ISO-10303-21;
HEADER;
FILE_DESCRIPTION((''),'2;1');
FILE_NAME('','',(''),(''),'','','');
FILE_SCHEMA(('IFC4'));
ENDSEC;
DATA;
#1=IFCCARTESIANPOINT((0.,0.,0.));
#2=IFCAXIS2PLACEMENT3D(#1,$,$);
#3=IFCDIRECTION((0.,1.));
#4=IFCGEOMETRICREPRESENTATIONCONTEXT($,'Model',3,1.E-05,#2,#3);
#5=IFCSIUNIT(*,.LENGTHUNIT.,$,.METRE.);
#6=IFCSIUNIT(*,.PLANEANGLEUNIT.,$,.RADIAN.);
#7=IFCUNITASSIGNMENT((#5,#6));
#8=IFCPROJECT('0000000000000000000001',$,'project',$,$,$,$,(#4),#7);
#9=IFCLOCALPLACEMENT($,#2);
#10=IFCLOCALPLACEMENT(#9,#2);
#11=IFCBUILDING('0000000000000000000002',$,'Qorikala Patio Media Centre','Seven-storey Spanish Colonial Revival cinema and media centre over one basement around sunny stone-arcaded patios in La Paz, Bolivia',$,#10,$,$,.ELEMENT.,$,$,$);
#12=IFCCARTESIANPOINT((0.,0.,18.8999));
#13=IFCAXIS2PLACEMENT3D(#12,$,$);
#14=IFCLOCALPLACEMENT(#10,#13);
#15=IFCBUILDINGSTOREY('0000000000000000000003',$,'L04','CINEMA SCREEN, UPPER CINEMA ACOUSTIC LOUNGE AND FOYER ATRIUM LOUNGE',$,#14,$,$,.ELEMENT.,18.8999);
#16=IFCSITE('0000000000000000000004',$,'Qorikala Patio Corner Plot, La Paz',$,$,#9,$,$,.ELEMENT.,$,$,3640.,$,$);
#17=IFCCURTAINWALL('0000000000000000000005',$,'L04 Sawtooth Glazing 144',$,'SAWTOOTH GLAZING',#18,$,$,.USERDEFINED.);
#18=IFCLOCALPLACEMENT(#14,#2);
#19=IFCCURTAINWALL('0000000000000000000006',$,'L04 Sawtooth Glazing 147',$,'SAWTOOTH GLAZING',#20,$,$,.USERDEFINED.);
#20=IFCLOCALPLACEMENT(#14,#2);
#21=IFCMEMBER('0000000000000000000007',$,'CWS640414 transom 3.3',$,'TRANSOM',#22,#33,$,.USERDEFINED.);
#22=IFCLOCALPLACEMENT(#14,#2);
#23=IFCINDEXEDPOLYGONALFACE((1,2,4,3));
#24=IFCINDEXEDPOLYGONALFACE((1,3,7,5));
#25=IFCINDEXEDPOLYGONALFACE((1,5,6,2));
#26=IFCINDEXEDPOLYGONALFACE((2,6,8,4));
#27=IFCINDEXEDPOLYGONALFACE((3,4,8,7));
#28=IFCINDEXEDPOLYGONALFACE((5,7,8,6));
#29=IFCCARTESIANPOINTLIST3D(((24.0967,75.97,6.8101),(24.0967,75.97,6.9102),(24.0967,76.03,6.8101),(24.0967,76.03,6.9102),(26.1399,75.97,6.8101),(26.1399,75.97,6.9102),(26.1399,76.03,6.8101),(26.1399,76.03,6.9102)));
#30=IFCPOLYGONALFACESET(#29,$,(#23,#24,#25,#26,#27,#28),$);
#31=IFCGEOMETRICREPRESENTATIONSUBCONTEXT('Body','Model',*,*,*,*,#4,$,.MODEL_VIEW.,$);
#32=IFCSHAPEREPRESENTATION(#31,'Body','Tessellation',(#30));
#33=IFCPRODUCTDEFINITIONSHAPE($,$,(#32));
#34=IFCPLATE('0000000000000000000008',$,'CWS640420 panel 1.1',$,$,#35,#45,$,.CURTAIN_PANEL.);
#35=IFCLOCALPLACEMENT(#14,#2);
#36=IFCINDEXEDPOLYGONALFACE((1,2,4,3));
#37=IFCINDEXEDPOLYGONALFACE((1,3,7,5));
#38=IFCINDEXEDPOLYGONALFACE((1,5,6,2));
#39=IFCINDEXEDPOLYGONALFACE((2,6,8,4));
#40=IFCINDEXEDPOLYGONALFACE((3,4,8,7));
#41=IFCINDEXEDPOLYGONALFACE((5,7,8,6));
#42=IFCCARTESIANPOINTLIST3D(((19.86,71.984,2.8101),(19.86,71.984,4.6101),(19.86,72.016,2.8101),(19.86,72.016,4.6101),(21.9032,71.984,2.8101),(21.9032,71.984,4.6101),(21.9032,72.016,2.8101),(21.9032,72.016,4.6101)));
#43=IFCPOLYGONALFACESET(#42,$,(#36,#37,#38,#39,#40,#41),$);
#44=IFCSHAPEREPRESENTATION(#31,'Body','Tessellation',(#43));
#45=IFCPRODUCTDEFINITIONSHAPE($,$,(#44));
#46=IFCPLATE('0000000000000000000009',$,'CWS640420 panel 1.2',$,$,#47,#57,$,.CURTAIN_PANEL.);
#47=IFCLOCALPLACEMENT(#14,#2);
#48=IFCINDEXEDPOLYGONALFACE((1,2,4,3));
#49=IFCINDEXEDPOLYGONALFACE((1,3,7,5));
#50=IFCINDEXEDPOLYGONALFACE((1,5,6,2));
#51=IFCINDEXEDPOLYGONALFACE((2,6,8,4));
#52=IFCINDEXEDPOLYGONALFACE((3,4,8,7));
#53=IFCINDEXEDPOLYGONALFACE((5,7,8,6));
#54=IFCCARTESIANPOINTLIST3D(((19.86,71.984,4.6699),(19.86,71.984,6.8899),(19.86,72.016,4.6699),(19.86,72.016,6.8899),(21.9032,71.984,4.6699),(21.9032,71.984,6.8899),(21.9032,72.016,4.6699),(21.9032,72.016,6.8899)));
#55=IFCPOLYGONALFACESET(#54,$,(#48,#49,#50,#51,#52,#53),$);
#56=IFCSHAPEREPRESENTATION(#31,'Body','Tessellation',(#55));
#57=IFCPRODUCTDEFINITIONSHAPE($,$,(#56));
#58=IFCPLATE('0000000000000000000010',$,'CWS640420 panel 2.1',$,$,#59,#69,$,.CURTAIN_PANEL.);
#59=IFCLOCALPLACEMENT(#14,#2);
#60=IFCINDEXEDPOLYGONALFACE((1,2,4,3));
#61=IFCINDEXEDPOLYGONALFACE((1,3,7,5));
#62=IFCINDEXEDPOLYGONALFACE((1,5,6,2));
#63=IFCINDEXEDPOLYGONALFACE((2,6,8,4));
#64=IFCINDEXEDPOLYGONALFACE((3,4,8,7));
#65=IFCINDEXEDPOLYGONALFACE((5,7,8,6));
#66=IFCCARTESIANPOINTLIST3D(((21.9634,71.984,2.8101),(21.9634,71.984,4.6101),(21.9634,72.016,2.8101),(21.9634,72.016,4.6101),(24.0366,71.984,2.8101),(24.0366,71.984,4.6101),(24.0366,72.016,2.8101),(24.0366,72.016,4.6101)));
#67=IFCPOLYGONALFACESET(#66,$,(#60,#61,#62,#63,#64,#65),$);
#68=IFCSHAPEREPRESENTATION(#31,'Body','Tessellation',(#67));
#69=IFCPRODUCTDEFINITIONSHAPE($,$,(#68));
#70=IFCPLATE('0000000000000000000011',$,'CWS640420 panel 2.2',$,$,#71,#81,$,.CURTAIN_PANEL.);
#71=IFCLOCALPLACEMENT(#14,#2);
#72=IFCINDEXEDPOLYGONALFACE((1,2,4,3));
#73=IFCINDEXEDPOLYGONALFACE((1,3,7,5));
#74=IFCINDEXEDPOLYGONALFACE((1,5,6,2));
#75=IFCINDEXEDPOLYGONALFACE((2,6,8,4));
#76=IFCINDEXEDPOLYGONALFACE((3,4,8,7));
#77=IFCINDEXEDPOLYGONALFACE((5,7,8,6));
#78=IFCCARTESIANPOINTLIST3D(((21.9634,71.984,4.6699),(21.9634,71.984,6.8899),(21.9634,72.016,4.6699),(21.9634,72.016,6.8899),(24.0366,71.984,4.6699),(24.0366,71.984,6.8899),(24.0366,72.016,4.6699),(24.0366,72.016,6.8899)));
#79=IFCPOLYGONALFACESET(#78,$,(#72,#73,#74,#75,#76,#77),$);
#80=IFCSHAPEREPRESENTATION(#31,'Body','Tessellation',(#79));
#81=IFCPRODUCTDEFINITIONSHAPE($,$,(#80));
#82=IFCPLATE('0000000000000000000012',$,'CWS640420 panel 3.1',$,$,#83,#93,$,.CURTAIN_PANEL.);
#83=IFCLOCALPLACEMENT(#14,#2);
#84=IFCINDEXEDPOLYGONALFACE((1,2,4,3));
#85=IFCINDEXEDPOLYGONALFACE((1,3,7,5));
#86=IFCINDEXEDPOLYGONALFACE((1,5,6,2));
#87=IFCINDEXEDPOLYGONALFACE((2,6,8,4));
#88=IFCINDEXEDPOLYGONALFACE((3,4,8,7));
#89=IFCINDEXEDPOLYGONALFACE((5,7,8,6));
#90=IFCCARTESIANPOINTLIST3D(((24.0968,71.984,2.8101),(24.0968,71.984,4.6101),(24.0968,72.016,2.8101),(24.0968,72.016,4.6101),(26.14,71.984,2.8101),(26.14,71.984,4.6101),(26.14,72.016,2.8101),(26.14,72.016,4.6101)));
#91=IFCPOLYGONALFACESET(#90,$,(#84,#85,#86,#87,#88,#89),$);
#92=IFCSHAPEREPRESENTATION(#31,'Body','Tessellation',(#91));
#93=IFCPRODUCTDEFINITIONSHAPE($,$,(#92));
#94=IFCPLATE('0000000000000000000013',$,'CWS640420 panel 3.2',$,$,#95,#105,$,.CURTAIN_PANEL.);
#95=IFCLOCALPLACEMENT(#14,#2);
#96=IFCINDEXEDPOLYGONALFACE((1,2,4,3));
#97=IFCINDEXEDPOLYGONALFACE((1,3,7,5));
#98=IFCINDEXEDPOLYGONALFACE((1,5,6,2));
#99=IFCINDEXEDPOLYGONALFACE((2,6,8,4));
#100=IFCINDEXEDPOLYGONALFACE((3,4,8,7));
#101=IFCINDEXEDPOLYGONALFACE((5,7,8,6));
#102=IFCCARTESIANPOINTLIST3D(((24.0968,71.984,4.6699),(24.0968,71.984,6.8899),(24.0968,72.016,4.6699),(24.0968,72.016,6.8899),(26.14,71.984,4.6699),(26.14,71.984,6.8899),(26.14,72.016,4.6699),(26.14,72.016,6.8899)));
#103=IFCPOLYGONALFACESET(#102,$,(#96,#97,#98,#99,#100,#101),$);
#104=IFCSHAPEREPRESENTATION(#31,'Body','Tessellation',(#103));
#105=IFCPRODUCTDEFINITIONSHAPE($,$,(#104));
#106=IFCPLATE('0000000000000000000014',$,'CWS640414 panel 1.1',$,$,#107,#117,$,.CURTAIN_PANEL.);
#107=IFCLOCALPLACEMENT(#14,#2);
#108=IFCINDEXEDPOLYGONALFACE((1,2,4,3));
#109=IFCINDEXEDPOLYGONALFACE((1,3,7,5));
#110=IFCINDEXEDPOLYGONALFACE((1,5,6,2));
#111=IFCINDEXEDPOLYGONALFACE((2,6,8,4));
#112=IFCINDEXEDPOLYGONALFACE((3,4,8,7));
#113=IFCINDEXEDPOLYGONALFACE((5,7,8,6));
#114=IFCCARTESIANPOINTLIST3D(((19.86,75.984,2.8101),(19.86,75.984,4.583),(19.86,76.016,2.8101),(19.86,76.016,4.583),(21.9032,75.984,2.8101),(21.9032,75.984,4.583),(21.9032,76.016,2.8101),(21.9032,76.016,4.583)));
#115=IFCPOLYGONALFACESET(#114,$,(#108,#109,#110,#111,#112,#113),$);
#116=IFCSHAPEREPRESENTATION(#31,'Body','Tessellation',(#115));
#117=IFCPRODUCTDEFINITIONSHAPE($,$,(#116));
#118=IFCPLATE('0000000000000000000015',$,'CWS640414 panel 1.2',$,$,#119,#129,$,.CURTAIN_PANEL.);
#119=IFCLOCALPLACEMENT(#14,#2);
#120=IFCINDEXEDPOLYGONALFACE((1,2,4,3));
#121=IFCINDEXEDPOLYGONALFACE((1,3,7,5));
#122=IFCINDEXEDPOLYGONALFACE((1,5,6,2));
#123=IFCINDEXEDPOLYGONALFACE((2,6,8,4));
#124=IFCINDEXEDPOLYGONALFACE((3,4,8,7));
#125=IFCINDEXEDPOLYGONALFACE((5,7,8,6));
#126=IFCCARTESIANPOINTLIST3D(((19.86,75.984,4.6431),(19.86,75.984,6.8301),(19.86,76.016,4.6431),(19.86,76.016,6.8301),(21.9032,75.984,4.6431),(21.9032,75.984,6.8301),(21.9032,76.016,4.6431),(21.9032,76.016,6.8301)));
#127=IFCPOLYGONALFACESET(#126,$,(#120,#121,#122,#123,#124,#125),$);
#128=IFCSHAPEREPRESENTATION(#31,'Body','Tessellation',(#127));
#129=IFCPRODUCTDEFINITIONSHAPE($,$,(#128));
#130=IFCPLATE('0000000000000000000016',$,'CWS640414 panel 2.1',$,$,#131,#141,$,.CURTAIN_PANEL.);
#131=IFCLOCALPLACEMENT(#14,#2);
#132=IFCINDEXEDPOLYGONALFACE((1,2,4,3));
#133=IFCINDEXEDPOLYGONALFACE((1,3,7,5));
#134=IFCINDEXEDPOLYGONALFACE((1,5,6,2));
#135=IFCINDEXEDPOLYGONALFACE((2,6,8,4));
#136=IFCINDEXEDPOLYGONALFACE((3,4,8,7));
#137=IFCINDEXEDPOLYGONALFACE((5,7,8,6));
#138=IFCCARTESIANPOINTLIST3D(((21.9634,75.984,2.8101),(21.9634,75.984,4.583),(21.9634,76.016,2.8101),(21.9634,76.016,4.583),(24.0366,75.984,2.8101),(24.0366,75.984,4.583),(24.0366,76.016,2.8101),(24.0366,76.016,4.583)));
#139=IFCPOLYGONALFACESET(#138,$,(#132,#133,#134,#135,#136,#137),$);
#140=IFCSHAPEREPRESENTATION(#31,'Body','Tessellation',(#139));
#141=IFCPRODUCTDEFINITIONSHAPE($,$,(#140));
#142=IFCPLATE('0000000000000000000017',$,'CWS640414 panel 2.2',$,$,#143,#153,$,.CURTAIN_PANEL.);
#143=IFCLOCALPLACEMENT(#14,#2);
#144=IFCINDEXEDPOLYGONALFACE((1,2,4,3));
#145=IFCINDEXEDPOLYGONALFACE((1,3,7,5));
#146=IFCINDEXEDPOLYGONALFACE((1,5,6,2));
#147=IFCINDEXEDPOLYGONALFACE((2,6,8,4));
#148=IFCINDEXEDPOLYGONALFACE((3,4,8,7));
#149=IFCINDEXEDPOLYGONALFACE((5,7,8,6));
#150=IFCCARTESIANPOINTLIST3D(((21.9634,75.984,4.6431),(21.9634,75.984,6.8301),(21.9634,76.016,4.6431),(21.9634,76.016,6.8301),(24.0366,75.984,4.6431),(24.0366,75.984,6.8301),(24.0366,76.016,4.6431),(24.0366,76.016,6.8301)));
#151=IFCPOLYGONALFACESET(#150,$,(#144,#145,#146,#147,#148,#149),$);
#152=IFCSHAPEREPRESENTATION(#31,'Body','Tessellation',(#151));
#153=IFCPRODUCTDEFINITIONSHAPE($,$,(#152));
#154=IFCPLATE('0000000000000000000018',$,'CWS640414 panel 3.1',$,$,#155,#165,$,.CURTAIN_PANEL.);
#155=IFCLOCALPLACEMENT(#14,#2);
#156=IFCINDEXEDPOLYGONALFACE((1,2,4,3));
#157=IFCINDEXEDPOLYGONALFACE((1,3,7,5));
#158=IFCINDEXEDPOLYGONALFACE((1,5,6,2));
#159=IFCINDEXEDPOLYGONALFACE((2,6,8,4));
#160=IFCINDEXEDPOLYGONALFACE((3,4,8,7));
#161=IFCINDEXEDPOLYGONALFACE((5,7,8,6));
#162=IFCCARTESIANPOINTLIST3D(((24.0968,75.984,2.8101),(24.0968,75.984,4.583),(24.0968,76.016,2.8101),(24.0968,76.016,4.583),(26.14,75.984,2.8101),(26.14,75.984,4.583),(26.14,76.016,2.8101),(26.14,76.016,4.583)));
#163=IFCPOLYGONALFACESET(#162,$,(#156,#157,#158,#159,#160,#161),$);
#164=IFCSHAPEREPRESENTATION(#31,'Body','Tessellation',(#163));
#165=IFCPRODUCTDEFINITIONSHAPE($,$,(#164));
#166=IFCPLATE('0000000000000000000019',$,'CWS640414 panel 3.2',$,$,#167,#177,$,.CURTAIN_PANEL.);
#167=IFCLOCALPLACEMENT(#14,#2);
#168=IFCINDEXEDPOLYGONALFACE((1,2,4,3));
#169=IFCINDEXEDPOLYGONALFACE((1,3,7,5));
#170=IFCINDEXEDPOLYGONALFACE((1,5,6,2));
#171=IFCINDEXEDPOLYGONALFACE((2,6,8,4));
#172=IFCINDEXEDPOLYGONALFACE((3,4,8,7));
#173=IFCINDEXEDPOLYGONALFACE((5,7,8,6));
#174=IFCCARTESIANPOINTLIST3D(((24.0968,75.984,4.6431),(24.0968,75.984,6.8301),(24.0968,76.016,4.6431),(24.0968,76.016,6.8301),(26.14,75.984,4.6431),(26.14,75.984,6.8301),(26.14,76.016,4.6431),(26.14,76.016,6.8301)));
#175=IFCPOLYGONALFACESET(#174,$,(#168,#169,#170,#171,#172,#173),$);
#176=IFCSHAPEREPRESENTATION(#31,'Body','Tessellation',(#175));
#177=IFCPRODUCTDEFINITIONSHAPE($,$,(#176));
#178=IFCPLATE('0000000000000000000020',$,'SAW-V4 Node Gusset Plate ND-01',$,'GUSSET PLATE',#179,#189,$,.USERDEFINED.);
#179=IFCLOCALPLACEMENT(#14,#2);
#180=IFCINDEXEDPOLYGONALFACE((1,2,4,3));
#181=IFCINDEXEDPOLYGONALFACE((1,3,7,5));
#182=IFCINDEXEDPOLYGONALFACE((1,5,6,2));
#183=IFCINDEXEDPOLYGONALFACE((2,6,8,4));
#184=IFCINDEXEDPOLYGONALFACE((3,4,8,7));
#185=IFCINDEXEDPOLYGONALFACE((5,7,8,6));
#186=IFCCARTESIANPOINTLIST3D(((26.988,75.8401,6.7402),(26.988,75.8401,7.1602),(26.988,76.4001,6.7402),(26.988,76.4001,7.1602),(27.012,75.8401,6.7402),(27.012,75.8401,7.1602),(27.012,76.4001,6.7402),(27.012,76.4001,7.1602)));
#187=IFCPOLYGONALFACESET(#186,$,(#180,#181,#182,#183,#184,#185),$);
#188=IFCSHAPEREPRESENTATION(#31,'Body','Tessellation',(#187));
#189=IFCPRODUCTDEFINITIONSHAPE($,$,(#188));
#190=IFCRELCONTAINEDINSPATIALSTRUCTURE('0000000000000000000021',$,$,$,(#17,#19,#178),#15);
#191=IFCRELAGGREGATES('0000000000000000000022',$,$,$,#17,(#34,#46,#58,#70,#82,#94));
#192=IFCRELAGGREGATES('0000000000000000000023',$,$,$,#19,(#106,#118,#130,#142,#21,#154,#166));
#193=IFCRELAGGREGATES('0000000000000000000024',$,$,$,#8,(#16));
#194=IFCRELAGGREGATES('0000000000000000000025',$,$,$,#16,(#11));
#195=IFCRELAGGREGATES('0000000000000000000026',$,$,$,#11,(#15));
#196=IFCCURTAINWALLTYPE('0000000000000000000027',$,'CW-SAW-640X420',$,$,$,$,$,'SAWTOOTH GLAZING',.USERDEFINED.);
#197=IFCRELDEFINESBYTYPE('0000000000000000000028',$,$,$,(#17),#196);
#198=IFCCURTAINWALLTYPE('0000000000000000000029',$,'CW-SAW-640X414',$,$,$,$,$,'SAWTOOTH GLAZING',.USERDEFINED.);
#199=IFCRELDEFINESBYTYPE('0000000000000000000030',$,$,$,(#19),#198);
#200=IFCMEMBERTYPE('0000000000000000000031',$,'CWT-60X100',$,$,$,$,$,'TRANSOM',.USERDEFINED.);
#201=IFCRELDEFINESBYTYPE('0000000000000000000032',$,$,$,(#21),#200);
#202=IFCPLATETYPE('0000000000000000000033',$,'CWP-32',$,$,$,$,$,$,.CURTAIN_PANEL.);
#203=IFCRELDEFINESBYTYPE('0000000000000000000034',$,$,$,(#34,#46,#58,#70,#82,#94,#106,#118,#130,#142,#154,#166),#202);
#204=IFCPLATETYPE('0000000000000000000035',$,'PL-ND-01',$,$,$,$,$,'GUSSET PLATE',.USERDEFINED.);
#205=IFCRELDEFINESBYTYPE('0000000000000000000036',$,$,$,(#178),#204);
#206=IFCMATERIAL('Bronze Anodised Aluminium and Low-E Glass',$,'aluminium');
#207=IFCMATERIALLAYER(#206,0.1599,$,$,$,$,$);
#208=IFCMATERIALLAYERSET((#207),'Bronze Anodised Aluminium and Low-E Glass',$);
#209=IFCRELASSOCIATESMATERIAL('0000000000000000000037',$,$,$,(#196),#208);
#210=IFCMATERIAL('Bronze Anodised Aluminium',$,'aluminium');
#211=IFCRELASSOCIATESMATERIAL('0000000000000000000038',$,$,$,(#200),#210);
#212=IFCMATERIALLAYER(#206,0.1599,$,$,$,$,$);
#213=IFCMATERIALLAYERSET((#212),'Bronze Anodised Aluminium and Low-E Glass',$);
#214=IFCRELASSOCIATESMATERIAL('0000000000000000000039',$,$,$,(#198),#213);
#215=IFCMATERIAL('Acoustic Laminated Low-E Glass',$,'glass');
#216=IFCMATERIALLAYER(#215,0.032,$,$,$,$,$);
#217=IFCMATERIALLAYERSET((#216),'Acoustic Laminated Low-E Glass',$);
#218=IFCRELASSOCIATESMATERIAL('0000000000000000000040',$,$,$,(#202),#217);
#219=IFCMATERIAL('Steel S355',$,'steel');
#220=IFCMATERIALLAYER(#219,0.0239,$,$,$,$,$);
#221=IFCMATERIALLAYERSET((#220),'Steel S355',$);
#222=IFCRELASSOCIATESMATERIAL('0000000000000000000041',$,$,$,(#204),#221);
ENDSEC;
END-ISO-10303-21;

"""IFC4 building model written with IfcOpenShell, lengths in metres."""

from ifc_helpers import new_model, si_unit, direction, frame, origin, origin_2d, place, context, subcontext, project, spatial, rectangle, extrude, material, layer, layer_set, material_profile, profile_set, type_object, element, aggregate, save


model = new_model("IFC4")

# Units and contexts
model_context = context("Model", 3, precision=1e-05, world=origin(), true_north=direction((0.0, 1.0)))
body_context = subcontext(model_context, "Body", "Model", "MODEL_VIEW")
ifc_project = project(units=[si_unit("LENGTHUNIT", "METRE"), si_unit("PLANEANGLEUNIT", "RADIAN")], contexts=[model_context])

# Site, building, storey
site_placement = place(None, origin())
site = spatial("IfcSite", under=ifc_project, at=site_placement, Name="Qorikala Patio Corner Plot, La Paz", CompositionType="ELEMENT", RefElevation=3640.0)
building_placement = place(site_placement, origin())
building = spatial("IfcBuilding", under=site, at=building_placement, Name="Qorikala Patio Media Centre", Description="Seven-storey Spanish Colonial Revival cinema and media centre over one basement around sunny stone-arcaded patios in La Paz, Bolivia", CompositionType="ELEMENT")
storey_placement = place(building_placement, frame((0.0, 0.0, 18.8999)))
storey = spatial("IfcBuildingStorey", under=building, at=storey_placement, Name="L04", Description="CINEMA SCREEN, UPPER CINEMA ACOUSTIC LOUNGE AND FOYER ATRIUM LOUNGE", CompositionType="ELEMENT", Elevation=18.8999)

# Shared definitions
ifc_material_1 = material(Name="Steel S355", Category="steel")

# Curtain walls, member
ifc_material_2 = material(Name="Bronze Anodised Aluminium and Low-E Glass", Category="aluminium")
ifc_layer_1 = layer(ifc_material_2, 0.1599)
ifc_layer_set_1 = layer_set([ifc_layer_1], Name="Bronze Anodised Aluminium and Low-E Glass")
curtain_wall_type_1 = type_object("IfcCurtainWallType", Name="CW-SAW-640X420", ElementType="SAWTOOTH GLAZING", PredefinedType="USERDEFINED", material=ifc_layer_set_1)
curtain_wall_1_placement = place(storey_placement, origin())
curtain_wall_1 = element("IfcCurtainWall", 1, at=curtain_wall_1_placement, inside=storey, type_object=curtain_wall_type_1, Name="L04 Sawtooth Glazing 144", ObjectType="SAWTOOTH GLAZING", PredefinedType="USERDEFINED")
ifc_material_3 = material(Name="Bronze Anodised Aluminium", Category="aluminium")
ifc_material_profile_1 = material_profile(ifc_material_3, rectangle(XDim=0.0601, YDim=0.1001, at=origin_2d()), Name="ALU TRANSOM 60x100")
ifc_profile_set_1 = profile_set([ifc_material_profile_1], Name="Bronze Anodised Aluminium")
member_type_1 = type_object("IfcMemberType", Name="CWT-60X100", ElementType="TRANSOM", PredefinedType="USERDEFINED", material=ifc_profile_set_1)
ifc_layer_2 = layer(ifc_material_2, 0.1599)
ifc_layer_set_2 = layer_set([ifc_layer_2], Name="Bronze Anodised Aluminium and Low-E Glass")
curtain_wall_type_2 = type_object("IfcCurtainWallType", Name="CW-SAW-640X414", ElementType="SAWTOOTH GLAZING", PredefinedType="USERDEFINED", material=ifc_layer_set_2)
curtain_wall_2_placement = place(storey_placement, origin())
curtain_wall_2 = element("IfcCurtainWall", 2, at=curtain_wall_2_placement, inside=storey, type_object=curtain_wall_type_2, Name="L04 Sawtooth Glazing 147", ObjectType="SAWTOOTH GLAZING", PredefinedType="USERDEFINED")
member_1_placement = place(storey_placement, frame((24.0967, 76.0, 6.8601), z_axis=(1.0, 0.0, 0.0), x_axis=(0.0, 1.0, 0.0)))
member_1 = element("IfcMember", 3, at=member_1_placement, type_object=member_type_1, Name="CWS640414 transom 3.3", ObjectType="TRANSOM", PredefinedType="USERDEFINED", context=body_context, shape_type="SweptSolid", body=[
    extrude(rectangle(XDim=0.0601, YDim=0.1001, at=origin_2d()), origin(), (0.0, 0.0, 1.0), 2.0432),
])

# Plates
ifc_material_4 = material(Name="Acoustic Laminated Low-E Glass", Category="glass")
ifc_layer_3 = layer(ifc_material_4, 0.032)
ifc_layer_set_3 = layer_set([ifc_layer_3], Name="Acoustic Laminated Low-E Glass")
plate_type_1 = type_object("IfcPlateType", Name="CWP-32", PredefinedType="CURTAIN_PANEL", material=ifc_layer_set_3)
plate_1_placement = place(storey_placement, frame((20.8816, 72.0, 2.8101), z_axis=(0.0, 0.0, 1.0), x_axis=(1.0, 0.0, 0.0)))
plate_1 = element("IfcPlate", 4, at=plate_1_placement, type_object=plate_type_1, Name="CWS640420 panel 1.1", PredefinedType="CURTAIN_PANEL", context=body_context, shape_type="SweptSolid", body=[
    extrude(rectangle(XDim=2.0432, YDim=0.032, at=origin_2d()), origin(), (0.0, 0.0, 1.0), 1.8),
])
plate_2_placement = place(storey_placement, frame((20.8816, 72.0, 4.6699), z_axis=(0.0, 0.0, 1.0), x_axis=(1.0, 0.0, 0.0)))
plate_2 = element("IfcPlate", 5, at=plate_2_placement, type_object=plate_type_1, Name="CWS640420 panel 1.2", PredefinedType="CURTAIN_PANEL", context=body_context, shape_type="SweptSolid", body=[
    extrude(rectangle(XDim=2.0432, YDim=0.032, at=origin_2d()), origin(), (0.0, 0.0, 1.0), 2.22),
])
plate_3_placement = place(storey_placement, frame((23.0, 72.0, 2.8101), z_axis=(0.0, 0.0, 1.0), x_axis=(1.0, 0.0, 0.0)))
plate_3 = element("IfcPlate", 6, at=plate_3_placement, type_object=plate_type_1, Name="CWS640420 panel 2.1", PredefinedType="CURTAIN_PANEL", context=body_context, shape_type="SweptSolid", body=[
    extrude(rectangle(XDim=2.0732, YDim=0.032, at=origin_2d()), origin(), (0.0, 0.0, 1.0), 1.8),
])
plate_4_placement = place(storey_placement, frame((23.0, 72.0, 4.6699), z_axis=(0.0, 0.0, 1.0), x_axis=(1.0, 0.0, 0.0)))
plate_4 = element("IfcPlate", 7, at=plate_4_placement, type_object=plate_type_1, Name="CWS640420 panel 2.2", PredefinedType="CURTAIN_PANEL", context=body_context, shape_type="SweptSolid", body=[
    extrude(rectangle(XDim=2.0732, YDim=0.032, at=origin_2d()), origin(), (0.0, 0.0, 1.0), 2.22),
])
plate_5_placement = place(storey_placement, frame((25.1184, 72.0, 2.8101), z_axis=(0.0, 0.0, 1.0), x_axis=(1.0, 0.0, 0.0)))
plate_5 = element("IfcPlate", 8, at=plate_5_placement, type_object=plate_type_1, Name="CWS640420 panel 3.1", PredefinedType="CURTAIN_PANEL", context=body_context, shape_type="SweptSolid", body=[
    extrude(rectangle(XDim=2.0432, YDim=0.032, at=origin_2d()), origin(), (0.0, 0.0, 1.0), 1.8),
])
plate_6_placement = place(storey_placement, frame((25.1184, 72.0, 4.6699), z_axis=(0.0, 0.0, 1.0), x_axis=(1.0, 0.0, 0.0)))
plate_6 = element("IfcPlate", 9, at=plate_6_placement, type_object=plate_type_1, Name="CWS640420 panel 3.2", PredefinedType="CURTAIN_PANEL", context=body_context, shape_type="SweptSolid", body=[
    extrude(rectangle(XDim=2.0432, YDim=0.032, at=origin_2d()), origin(), (0.0, 0.0, 1.0), 2.22),
])
aggregate(curtain_wall_1, [plate_1, plate_2, plate_3, plate_4, plate_5, plate_6])
plate_7_placement = place(storey_placement, frame((20.8816, 76.0, 2.8101), z_axis=(0.0, 0.0, 1.0), x_axis=(1.0, 0.0, 0.0)))
plate_7 = element("IfcPlate", 10, at=plate_7_placement, type_object=plate_type_1, Name="CWS640414 panel 1.1", PredefinedType="CURTAIN_PANEL", context=body_context, shape_type="SweptSolid", body=[
    extrude(rectangle(XDim=2.0432, YDim=0.032, at=origin_2d()), origin(), (0.0, 0.0, 1.0), 1.7729),
])
plate_8_placement = place(storey_placement, frame((20.8816, 76.0, 4.6431), z_axis=(0.0, 0.0, 1.0), x_axis=(1.0, 0.0, 0.0)))
plate_8 = element("IfcPlate", 11, at=plate_8_placement, type_object=plate_type_1, Name="CWS640414 panel 1.2", PredefinedType="CURTAIN_PANEL", context=body_context, shape_type="SweptSolid", body=[
    extrude(rectangle(XDim=2.0432, YDim=0.032, at=origin_2d()), origin(), (0.0, 0.0, 1.0), 2.187),
])
plate_9_placement = place(storey_placement, frame((23.0, 76.0, 2.8101), z_axis=(0.0, 0.0, 1.0), x_axis=(1.0, 0.0, 0.0)))
plate_9 = element("IfcPlate", 12, at=plate_9_placement, type_object=plate_type_1, Name="CWS640414 panel 2.1", PredefinedType="CURTAIN_PANEL", context=body_context, shape_type="SweptSolid", body=[
    extrude(rectangle(XDim=2.0732, YDim=0.032, at=origin_2d()), origin(), (0.0, 0.0, 1.0), 1.7729),
])
plate_10_placement = place(storey_placement, frame((23.0, 76.0, 4.6431), z_axis=(0.0, 0.0, 1.0), x_axis=(1.0, 0.0, 0.0)))
plate_10 = element("IfcPlate", 13, at=plate_10_placement, type_object=plate_type_1, Name="CWS640414 panel 2.2", PredefinedType="CURTAIN_PANEL", context=body_context, shape_type="SweptSolid", body=[
    extrude(rectangle(XDim=2.0732, YDim=0.032, at=origin_2d()), origin(), (0.0, 0.0, 1.0), 2.187),
])
plate_11_placement = place(storey_placement, frame((25.1184, 76.0, 2.8101), z_axis=(0.0, 0.0, 1.0), x_axis=(1.0, 0.0, 0.0)))
plate_11 = element("IfcPlate", 14, at=plate_11_placement, type_object=plate_type_1, Name="CWS640414 panel 3.1", PredefinedType="CURTAIN_PANEL", context=body_context, shape_type="SweptSolid", body=[
    extrude(rectangle(XDim=2.0432, YDim=0.032, at=origin_2d()), origin(), (0.0, 0.0, 1.0), 1.7729),
])
plate_12_placement = place(storey_placement, frame((25.1184, 76.0, 4.6431), z_axis=(0.0, 0.0, 1.0), x_axis=(1.0, 0.0, 0.0)))
plate_12 = element("IfcPlate", 15, at=plate_12_placement, type_object=plate_type_1, Name="CWS640414 panel 3.2", PredefinedType="CURTAIN_PANEL", context=body_context, shape_type="SweptSolid", body=[
    extrude(rectangle(XDim=2.0432, YDim=0.032, at=origin_2d()), origin(), (0.0, 0.0, 1.0), 2.187),
])
aggregate(curtain_wall_2, [plate_7, plate_8, plate_9, plate_10, member_1, plate_11, plate_12])

# Plate
ifc_layer_4 = layer(ifc_material_1, 0.0239)
ifc_layer_set_4 = layer_set([ifc_layer_4], Name="Steel S355")
plate_type_2 = type_object("IfcPlateType", Name="PL-ND-01", ElementType="GUSSET PLATE", PredefinedType="USERDEFINED", material=ifc_layer_set_4)
plate_13_placement = place(storey_placement, frame((27.0, 76.1201, 6.7402), z_axis=(0.0, 0.0, 1.0), x_axis=(1.0, 0.0, 0.0)))
element("IfcPlate", 16, at=plate_13_placement, inside=storey, type_object=plate_type_2, Name="SAW-V4 Node Gusset Plate ND-01", ObjectType="GUSSET PLATE", PredefinedType="USERDEFINED", context=body_context, shape_type="SweptSolid", body=[
    extrude(rectangle(XDim=0.0239, YDim=0.5601, at=origin_2d()), origin(), (0.0, 0.0, 1.0), 0.4199),
])

save(model, "model.ifc")
